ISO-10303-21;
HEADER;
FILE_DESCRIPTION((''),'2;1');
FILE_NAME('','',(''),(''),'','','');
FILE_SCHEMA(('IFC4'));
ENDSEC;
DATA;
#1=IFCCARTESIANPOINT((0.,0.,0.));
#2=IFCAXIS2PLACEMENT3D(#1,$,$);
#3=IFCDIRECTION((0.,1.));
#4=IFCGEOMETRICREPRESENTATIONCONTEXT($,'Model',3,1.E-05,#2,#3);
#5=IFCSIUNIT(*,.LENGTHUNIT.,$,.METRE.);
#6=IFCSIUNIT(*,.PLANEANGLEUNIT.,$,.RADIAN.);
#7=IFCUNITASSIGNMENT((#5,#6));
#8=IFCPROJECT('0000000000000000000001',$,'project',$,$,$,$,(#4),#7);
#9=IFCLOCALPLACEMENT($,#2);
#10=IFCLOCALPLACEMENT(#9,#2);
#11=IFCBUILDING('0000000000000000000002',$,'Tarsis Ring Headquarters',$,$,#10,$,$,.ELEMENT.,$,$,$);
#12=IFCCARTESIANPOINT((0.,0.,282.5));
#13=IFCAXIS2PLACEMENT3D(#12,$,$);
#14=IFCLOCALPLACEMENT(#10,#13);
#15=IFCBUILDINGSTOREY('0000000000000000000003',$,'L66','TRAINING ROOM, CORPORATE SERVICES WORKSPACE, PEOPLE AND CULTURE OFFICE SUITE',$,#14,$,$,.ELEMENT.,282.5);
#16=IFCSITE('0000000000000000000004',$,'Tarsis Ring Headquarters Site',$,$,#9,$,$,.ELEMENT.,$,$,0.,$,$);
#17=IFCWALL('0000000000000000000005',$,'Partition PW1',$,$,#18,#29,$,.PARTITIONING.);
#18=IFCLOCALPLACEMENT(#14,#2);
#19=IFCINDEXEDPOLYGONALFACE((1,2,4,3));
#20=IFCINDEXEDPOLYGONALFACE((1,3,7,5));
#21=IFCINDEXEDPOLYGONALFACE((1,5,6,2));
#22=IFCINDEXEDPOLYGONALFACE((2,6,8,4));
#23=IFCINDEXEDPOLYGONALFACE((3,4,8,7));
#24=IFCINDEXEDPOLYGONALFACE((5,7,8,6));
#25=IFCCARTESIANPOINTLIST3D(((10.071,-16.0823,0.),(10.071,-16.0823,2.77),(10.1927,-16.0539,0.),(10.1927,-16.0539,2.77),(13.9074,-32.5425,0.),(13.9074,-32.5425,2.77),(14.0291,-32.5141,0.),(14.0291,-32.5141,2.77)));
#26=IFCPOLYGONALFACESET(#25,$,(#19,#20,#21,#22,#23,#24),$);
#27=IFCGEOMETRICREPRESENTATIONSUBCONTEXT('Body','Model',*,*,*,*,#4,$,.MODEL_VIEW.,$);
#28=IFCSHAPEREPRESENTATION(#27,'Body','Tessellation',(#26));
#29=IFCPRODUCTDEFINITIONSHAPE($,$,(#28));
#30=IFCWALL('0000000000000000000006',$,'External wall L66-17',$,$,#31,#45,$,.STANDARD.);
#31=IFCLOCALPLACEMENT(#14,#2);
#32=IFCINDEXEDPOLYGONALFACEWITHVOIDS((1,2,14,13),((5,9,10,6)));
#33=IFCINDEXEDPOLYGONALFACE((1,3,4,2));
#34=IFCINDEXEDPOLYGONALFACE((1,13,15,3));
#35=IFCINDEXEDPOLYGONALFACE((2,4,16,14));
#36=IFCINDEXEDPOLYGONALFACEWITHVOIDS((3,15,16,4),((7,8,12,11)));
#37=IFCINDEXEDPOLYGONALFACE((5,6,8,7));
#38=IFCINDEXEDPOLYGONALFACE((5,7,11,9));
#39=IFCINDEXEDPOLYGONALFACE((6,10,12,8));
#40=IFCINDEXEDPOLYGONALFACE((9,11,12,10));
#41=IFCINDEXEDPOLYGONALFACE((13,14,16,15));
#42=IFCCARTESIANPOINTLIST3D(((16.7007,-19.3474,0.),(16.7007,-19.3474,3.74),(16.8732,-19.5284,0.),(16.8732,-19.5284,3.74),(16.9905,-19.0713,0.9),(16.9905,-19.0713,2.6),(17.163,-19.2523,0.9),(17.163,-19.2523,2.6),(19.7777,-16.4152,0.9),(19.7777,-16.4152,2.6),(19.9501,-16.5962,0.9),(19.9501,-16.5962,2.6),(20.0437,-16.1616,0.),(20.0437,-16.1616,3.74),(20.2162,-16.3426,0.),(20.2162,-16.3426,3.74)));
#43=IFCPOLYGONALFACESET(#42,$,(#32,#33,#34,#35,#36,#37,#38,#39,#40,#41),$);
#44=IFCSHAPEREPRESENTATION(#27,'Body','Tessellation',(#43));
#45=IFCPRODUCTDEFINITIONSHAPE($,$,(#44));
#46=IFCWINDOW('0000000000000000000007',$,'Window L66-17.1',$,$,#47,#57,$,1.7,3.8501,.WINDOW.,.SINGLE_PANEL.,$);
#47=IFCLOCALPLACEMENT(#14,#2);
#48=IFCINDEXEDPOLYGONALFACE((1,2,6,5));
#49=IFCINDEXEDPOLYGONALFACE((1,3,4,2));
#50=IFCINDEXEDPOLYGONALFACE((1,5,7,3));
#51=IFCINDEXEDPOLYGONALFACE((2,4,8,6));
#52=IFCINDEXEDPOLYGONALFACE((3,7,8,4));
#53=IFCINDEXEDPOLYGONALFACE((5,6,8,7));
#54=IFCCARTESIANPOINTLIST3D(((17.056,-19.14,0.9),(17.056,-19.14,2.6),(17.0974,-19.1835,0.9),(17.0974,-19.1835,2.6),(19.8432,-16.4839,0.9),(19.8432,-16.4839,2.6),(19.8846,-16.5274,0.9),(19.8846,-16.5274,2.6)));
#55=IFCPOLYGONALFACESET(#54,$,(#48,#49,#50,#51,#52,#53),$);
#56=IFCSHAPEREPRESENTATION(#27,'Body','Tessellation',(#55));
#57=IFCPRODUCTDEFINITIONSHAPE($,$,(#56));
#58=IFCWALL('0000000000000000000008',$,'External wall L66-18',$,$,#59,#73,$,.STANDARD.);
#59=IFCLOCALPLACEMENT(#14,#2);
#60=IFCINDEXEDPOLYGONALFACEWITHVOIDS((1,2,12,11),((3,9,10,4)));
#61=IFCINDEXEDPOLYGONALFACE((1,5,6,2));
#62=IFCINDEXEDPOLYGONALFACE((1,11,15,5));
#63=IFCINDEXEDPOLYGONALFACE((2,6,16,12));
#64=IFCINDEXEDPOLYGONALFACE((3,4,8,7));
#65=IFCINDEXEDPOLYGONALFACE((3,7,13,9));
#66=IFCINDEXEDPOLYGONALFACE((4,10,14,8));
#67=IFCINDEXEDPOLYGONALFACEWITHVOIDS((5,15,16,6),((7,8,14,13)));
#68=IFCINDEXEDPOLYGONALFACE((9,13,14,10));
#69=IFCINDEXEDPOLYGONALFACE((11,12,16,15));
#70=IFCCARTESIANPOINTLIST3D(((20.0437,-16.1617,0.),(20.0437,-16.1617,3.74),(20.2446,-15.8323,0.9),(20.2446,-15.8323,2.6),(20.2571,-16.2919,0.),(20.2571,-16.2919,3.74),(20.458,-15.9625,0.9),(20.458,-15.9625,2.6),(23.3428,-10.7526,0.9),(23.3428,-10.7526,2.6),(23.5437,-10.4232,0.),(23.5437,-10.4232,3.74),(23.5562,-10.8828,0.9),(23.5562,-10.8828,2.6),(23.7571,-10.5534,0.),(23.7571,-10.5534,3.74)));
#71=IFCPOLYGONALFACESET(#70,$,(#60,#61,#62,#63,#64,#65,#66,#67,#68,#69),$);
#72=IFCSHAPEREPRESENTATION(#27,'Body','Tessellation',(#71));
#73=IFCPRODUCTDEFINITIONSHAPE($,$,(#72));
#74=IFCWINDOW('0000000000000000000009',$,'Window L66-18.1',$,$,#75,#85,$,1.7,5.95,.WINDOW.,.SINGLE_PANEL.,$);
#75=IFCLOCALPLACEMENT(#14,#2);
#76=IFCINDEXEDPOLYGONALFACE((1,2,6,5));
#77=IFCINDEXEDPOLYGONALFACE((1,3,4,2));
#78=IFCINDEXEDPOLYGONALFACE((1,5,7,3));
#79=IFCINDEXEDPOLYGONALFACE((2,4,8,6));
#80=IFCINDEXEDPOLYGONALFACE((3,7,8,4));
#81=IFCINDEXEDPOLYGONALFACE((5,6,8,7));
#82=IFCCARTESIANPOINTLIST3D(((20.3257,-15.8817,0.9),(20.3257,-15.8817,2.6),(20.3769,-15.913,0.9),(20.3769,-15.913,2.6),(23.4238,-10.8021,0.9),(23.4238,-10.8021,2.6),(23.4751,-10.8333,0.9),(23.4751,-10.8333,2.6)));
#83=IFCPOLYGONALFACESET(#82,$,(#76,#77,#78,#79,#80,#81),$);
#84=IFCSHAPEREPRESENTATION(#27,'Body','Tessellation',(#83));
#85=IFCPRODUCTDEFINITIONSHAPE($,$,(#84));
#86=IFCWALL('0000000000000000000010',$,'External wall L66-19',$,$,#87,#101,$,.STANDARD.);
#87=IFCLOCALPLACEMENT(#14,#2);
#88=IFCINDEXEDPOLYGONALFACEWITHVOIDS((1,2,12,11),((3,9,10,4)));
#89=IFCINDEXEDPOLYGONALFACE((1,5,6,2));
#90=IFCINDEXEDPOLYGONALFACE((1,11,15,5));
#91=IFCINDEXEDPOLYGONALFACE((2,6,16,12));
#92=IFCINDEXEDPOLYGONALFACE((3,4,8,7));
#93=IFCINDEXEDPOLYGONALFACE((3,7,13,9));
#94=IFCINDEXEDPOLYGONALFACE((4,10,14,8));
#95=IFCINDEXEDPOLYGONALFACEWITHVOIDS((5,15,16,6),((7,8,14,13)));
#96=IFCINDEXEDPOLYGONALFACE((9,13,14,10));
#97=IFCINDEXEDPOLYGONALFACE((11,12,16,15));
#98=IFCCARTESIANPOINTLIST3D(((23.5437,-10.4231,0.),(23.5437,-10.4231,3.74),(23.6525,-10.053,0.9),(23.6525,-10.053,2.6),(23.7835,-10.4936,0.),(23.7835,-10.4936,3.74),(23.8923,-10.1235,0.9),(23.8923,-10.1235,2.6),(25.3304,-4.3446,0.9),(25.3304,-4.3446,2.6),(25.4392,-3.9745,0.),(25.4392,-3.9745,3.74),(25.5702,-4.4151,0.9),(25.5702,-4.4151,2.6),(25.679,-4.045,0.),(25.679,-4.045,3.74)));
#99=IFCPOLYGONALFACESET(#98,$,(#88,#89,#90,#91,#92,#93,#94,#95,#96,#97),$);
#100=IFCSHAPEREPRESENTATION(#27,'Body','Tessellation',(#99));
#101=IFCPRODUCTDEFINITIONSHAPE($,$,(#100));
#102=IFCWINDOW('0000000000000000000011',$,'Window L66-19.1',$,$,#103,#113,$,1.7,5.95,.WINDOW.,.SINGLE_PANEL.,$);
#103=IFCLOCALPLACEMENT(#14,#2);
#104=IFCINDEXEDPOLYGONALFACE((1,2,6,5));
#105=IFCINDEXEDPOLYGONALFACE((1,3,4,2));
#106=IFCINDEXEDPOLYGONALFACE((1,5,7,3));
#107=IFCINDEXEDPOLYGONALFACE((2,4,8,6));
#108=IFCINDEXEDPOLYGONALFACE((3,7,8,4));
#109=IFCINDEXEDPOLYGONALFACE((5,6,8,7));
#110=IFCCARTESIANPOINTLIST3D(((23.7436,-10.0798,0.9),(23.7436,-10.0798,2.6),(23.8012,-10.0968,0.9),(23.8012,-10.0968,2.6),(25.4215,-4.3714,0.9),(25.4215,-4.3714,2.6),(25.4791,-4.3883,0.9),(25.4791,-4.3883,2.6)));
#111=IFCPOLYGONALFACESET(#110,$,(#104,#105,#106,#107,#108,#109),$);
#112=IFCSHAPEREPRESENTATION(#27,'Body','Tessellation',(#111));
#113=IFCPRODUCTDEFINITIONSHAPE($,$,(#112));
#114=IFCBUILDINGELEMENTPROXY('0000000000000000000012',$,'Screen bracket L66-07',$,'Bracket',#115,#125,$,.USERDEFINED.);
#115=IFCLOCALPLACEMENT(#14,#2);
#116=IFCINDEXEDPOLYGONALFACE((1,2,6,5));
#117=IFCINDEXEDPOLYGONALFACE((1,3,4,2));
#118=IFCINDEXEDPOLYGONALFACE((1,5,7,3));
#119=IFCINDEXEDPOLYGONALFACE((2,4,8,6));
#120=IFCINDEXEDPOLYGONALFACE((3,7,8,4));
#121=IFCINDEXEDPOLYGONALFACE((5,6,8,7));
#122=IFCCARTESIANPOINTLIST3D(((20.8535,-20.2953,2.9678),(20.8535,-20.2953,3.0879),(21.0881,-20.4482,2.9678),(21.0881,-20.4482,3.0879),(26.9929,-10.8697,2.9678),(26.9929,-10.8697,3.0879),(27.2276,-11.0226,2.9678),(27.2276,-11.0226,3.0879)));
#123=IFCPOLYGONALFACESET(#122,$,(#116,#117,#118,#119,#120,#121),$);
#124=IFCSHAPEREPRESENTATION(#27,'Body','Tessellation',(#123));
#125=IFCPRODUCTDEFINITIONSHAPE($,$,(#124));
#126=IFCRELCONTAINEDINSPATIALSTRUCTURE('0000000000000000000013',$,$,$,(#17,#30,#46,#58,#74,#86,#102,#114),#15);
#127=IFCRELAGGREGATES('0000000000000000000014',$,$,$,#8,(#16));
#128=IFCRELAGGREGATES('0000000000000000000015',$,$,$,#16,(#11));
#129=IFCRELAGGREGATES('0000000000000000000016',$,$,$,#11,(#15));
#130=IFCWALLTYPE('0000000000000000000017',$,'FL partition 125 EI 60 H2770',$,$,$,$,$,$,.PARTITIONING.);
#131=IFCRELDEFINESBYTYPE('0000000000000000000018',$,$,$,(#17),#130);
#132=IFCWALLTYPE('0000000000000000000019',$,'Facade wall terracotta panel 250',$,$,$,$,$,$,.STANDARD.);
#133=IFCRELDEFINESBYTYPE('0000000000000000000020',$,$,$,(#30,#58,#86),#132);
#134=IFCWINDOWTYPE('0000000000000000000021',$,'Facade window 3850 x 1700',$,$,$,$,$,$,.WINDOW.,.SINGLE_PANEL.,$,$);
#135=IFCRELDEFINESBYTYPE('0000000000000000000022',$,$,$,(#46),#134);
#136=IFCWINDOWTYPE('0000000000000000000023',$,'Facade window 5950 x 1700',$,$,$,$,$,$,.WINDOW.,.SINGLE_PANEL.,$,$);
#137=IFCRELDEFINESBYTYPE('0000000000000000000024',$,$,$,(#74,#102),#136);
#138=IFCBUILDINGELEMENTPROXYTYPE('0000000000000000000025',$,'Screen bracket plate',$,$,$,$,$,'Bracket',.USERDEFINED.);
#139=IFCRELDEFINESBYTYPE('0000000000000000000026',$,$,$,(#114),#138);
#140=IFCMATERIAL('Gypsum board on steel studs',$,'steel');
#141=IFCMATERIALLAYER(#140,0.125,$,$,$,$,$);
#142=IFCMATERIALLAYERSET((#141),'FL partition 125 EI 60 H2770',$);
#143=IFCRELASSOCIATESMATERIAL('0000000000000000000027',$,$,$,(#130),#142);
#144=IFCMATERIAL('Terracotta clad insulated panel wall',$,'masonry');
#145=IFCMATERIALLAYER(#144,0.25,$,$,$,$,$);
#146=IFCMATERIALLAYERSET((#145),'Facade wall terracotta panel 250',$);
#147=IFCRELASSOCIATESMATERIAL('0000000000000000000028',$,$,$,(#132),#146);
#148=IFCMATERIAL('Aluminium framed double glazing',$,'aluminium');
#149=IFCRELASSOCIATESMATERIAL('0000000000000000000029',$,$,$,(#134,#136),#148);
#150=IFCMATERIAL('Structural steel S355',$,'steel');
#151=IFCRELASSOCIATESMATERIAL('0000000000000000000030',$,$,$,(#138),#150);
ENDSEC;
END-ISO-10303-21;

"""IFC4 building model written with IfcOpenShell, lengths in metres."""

from ifc_helpers import new_model, si_unit, direction, frame, frame_2d, origin, origin_2d, place, context, subcontext, project, spatial, rectangle, extrude, material, layer, layer_set, type_object, element, fill, save


model = new_model("IFC4")

# Units and contexts
model_context = context("Model", 3, precision=1e-05, world=origin(), true_north=direction((0.0, 1.0)))
body_context = subcontext(model_context, "Body", "Model", "MODEL_VIEW")
ifc_project = project(units=[si_unit("LENGTHUNIT", "METRE"), si_unit("PLANEANGLEUNIT", "RADIAN")], contexts=[model_context])

# Site, building, storey
site_placement = place(None, origin())
site = spatial("IfcSite", under=ifc_project, at=site_placement, Name="Tarsis Ring Headquarters Site", CompositionType="ELEMENT", RefElevation=0.0)
building_placement = place(site_placement, origin())
building = spatial("IfcBuilding", under=site, at=building_placement, Name="Tarsis Ring Headquarters", CompositionType="ELEMENT")
storey_placement = place(building_placement, frame((0.0, 0.0, 282.5)))
storey = spatial("IfcBuildingStorey", under=building, at=storey_placement, Name="L66", Description="TRAINING ROOM, CORPORATE SERVICES WORKSPACE, PEOPLE AND CULTURE OFFICE SUITE", CompositionType="ELEMENT", Elevation=282.5)

# Shared definitions
ifc_material_1 = material(Name="Structural steel S355", Category="steel")

# Shared definitions
ifc_material_2 = material(Name="Gypsum board on steel studs", Category="steel")

# Shared definitions
ifc_layer_1 = layer(ifc_material_2, 0.125)
ifc_layer_set_1 = layer_set([ifc_layer_1], Name="FL partition 125 EI 60 H2770")
wall_type_1 = type_object("IfcWallType", Name="FL partition 125 EI 60 H2770", PredefinedType="PARTITIONING", material=ifc_layer_set_1)

# Wall
wall_1_placement = place(storey_placement, frame((10.1318, -16.0681, 0.0), z_axis=(0.0, 0.0, 1.0), x_axis=(0.226989, -0.973897, 0.0)))
element("IfcWall", 1, at=wall_1_placement, inside=storey, type_object=wall_type_1, Name="Partition PW1", PredefinedType="PARTITIONING", context=body_context, shape_type="SweptSolid", body=[
    extrude(rectangle(XDim=16.9014, YDim=0.125, at=frame_2d((8.4507, 0.0))), origin(), (0.0, 0.0, 1.0), 2.77),
])

# Walls, openings, windows
ifc_material_3 = material(Name="Terracotta clad insulated panel wall", Category="masonry")
ifc_layer_2 = layer(ifc_material_3, 0.25)
ifc_layer_set_2 = layer_set([ifc_layer_2], Name="Facade wall terracotta panel 250")
wall_type_2 = type_object("IfcWallType", Name="Facade wall terracotta panel 250", PredefinedType="STANDARD", material=ifc_layer_set_2)
wall_2_placement = place(storey_placement, frame((16.7869, -19.438, 0.0), z_axis=(0.0, 0.0, 1.0), x_axis=(0.723925, 0.689878, 0.0)))
wall_2 = element("IfcWall", 2, at=wall_2_placement, inside=storey, type_object=wall_type_2, Name="External wall L66-17", PredefinedType="STANDARD", context=body_context, shape_type="SweptSolid", body=[
    extrude(rectangle(XDim=4.6179, YDim=0.25, at=frame_2d((2.3091, 0.0))), origin(), (0.0, 0.0, 1.0), 3.74),
])
opening_1_placement = place(wall_2_placement, frame((0.4004, 0.0, 0.8999)))
opening_1 = element("IfcOpeningElement", 3, at=opening_1_placement, cuts=wall_2, PredefinedType="OPENING", context=body_context, shape_type="SweptSolid", body=[
    extrude(rectangle(XDim=3.8501, YDim=1.7, at=frame_2d((1.925, 0.8501))), frame((0.0, 0.135, 0.0), z_axis=(0.0, -1.0, 0.0), x_axis=(1.0, 0.0, 0.0)), (0.0, 0.0, 1.0), 0.27),
])
ifc_material_4 = material(Name="Aluminium framed double glazing", Category="aluminium")
window_type_1 = type_object("IfcWindowType", Name="Facade window 3850 x 1700", PartitioningType="SINGLE_PANEL", PredefinedType="WINDOW", material=ifc_material_4)
window_1_placement = place(opening_1_placement, origin())
window_1 = element("IfcWindow", 4, at=window_1_placement, inside=storey, type_object=window_type_1, Name="Window L66-17.1", OverallHeight=1.7, OverallWidth=3.8501, PartitioningType="SINGLE_PANEL", PredefinedType="WINDOW", context=body_context, shape_type="SweptSolid", body=[
    extrude(rectangle(XDim=3.8501, YDim=1.7, at=frame_2d((1.925, 0.8501))), frame((0.0, 0.03, 0.0), z_axis=(0.0, -1.0, 0.0), x_axis=(1.0, 0.0, 0.0)), (0.0, 0.0, 1.0), 0.0601),
])
fill(opening_1, window_1)
wall_3_placement = place(storey_placement, frame((20.1504, -16.2268, 0.0), z_axis=(0.0, 0.0, 1.0), x_axis=(0.520705, 0.853737, 0.0)))
wall_3 = element("IfcWall", 5, at=wall_3_placement, inside=storey, type_object=wall_type_2, Name="External wall L66-18", PredefinedType="STANDARD", context=body_context, shape_type="SweptSolid", body=[
    extrude(rectangle(XDim=6.7217, YDim=0.25, at=frame_2d((3.3608, 0.0))), origin(), (0.0, 0.0, 1.0), 3.74),
])
opening_2_placement = place(wall_3_placement, frame((0.3857, 0.0, 0.8999)))
opening_2 = element("IfcOpeningElement", 6, at=opening_2_placement, cuts=wall_3, PredefinedType="OPENING", context=body_context, shape_type="SweptSolid", body=[
    extrude(rectangle(XDim=5.95, YDim=1.7, at=frame_2d((2.9751, 0.8501))), frame((0.0, 0.135, 0.0), z_axis=(0.0, -1.0, 0.0), x_axis=(1.0, 0.0, 0.0)), (0.0, 0.0, 1.0), 0.27),
])
window_type_2 = type_object("IfcWindowType", Name="Facade window 5950 x 1700", PartitioningType="SINGLE_PANEL", PredefinedType="WINDOW", material=ifc_material_4)
window_2_placement = place(opening_2_placement, origin())
window_2 = element("IfcWindow", 7, at=window_2_placement, inside=storey, type_object=window_type_2, Name="Window L66-18.1", OverallHeight=1.7, OverallWidth=5.95, PartitioningType="SINGLE_PANEL", PredefinedType="WINDOW", context=body_context, shape_type="SweptSolid", body=[
    extrude(rectangle(XDim=5.95, YDim=1.7, at=frame_2d((2.9751, 0.8501))), frame((0.0, 0.03, 0.0), z_axis=(0.0, -1.0, 0.0), x_axis=(1.0, 0.0, 0.0)), (0.0, 0.0, 1.0), 0.0601),
])
fill(opening_2, window_2)
wall_4_placement = place(storey_placement, frame((23.6636, -10.4585, 0.0), z_axis=(0.0, 0.0, 1.0), x_axis=(0.282005, 0.959413, 0.0)))
wall_4 = element("IfcWall", 8, at=wall_4_placement, inside=storey, type_object=wall_type_2, Name="External wall L66-19", PredefinedType="STANDARD", context=body_context, shape_type="SweptSolid", body=[
    extrude(rectangle(XDim=6.7214, YDim=0.25, at=frame_2d((3.3608, 0.0))), origin(), (0.0, 0.0, 1.0), 3.74),
])
opening_3_placement = place(wall_4_placement, frame((0.3857, 0.0, 0.8999)))
opening_3 = element("IfcOpeningElement", 9, at=opening_3_placement, cuts=wall_4, PredefinedType="OPENING", context=body_context, shape_type="SweptSolid", body=[
    extrude(rectangle(XDim=5.95, YDim=1.7, at=frame_2d((2.9751, 0.8501))), frame((0.0, 0.135, 0.0), z_axis=(0.0, -1.0, 0.0), x_axis=(1.0, 0.0, 0.0)), (0.0, 0.0, 1.0), 0.27),
])
window_3_placement = place(opening_3_placement, origin())
window_3 = element("IfcWindow", 10, at=window_3_placement, inside=storey, type_object=window_type_2, Name="Window L66-19.1", OverallHeight=1.7, OverallWidth=5.95, PartitioningType="SINGLE_PANEL", PredefinedType="WINDOW", context=body_context, shape_type="SweptSolid", body=[
    extrude(rectangle(XDim=5.95, YDim=1.7, at=frame_2d((2.9751, 0.8501))), frame((0.0, 0.03, 0.0), z_axis=(0.0, -1.0, 0.0), x_axis=(1.0, 0.0, 0.0)), (0.0, 0.0, 1.0), 0.0601),
])
fill(opening_3, window_3)

# Building element proxy
building_element_proxy_type = type_object("IfcBuildingElementProxyType", Name="Screen bracket plate", ElementType="Bracket", PredefinedType="USERDEFINED", material=ifc_material_1)
proxy_placement = place(storey_placement, frame((24.0405, -15.6589, 2.9678), z_axis=(0.0, 0.0, 1.0), x_axis=(0.545791, 0.837921, 0.0)))
element("IfcBuildingElementProxy", 11, at=proxy_placement, inside=storey, type_object=building_element_proxy_type, Name="Screen bracket L66-07", ObjectType="Bracket", PredefinedType="USERDEFINED", context=body_context, shape_type="SweptSolid", body=[
    extrude(rectangle(XDim=11.2488, YDim=0.28, at=origin_2d()), origin(), (0.0, 0.0, 1.0), 0.1201),
])

save(model, "model.ifc")
